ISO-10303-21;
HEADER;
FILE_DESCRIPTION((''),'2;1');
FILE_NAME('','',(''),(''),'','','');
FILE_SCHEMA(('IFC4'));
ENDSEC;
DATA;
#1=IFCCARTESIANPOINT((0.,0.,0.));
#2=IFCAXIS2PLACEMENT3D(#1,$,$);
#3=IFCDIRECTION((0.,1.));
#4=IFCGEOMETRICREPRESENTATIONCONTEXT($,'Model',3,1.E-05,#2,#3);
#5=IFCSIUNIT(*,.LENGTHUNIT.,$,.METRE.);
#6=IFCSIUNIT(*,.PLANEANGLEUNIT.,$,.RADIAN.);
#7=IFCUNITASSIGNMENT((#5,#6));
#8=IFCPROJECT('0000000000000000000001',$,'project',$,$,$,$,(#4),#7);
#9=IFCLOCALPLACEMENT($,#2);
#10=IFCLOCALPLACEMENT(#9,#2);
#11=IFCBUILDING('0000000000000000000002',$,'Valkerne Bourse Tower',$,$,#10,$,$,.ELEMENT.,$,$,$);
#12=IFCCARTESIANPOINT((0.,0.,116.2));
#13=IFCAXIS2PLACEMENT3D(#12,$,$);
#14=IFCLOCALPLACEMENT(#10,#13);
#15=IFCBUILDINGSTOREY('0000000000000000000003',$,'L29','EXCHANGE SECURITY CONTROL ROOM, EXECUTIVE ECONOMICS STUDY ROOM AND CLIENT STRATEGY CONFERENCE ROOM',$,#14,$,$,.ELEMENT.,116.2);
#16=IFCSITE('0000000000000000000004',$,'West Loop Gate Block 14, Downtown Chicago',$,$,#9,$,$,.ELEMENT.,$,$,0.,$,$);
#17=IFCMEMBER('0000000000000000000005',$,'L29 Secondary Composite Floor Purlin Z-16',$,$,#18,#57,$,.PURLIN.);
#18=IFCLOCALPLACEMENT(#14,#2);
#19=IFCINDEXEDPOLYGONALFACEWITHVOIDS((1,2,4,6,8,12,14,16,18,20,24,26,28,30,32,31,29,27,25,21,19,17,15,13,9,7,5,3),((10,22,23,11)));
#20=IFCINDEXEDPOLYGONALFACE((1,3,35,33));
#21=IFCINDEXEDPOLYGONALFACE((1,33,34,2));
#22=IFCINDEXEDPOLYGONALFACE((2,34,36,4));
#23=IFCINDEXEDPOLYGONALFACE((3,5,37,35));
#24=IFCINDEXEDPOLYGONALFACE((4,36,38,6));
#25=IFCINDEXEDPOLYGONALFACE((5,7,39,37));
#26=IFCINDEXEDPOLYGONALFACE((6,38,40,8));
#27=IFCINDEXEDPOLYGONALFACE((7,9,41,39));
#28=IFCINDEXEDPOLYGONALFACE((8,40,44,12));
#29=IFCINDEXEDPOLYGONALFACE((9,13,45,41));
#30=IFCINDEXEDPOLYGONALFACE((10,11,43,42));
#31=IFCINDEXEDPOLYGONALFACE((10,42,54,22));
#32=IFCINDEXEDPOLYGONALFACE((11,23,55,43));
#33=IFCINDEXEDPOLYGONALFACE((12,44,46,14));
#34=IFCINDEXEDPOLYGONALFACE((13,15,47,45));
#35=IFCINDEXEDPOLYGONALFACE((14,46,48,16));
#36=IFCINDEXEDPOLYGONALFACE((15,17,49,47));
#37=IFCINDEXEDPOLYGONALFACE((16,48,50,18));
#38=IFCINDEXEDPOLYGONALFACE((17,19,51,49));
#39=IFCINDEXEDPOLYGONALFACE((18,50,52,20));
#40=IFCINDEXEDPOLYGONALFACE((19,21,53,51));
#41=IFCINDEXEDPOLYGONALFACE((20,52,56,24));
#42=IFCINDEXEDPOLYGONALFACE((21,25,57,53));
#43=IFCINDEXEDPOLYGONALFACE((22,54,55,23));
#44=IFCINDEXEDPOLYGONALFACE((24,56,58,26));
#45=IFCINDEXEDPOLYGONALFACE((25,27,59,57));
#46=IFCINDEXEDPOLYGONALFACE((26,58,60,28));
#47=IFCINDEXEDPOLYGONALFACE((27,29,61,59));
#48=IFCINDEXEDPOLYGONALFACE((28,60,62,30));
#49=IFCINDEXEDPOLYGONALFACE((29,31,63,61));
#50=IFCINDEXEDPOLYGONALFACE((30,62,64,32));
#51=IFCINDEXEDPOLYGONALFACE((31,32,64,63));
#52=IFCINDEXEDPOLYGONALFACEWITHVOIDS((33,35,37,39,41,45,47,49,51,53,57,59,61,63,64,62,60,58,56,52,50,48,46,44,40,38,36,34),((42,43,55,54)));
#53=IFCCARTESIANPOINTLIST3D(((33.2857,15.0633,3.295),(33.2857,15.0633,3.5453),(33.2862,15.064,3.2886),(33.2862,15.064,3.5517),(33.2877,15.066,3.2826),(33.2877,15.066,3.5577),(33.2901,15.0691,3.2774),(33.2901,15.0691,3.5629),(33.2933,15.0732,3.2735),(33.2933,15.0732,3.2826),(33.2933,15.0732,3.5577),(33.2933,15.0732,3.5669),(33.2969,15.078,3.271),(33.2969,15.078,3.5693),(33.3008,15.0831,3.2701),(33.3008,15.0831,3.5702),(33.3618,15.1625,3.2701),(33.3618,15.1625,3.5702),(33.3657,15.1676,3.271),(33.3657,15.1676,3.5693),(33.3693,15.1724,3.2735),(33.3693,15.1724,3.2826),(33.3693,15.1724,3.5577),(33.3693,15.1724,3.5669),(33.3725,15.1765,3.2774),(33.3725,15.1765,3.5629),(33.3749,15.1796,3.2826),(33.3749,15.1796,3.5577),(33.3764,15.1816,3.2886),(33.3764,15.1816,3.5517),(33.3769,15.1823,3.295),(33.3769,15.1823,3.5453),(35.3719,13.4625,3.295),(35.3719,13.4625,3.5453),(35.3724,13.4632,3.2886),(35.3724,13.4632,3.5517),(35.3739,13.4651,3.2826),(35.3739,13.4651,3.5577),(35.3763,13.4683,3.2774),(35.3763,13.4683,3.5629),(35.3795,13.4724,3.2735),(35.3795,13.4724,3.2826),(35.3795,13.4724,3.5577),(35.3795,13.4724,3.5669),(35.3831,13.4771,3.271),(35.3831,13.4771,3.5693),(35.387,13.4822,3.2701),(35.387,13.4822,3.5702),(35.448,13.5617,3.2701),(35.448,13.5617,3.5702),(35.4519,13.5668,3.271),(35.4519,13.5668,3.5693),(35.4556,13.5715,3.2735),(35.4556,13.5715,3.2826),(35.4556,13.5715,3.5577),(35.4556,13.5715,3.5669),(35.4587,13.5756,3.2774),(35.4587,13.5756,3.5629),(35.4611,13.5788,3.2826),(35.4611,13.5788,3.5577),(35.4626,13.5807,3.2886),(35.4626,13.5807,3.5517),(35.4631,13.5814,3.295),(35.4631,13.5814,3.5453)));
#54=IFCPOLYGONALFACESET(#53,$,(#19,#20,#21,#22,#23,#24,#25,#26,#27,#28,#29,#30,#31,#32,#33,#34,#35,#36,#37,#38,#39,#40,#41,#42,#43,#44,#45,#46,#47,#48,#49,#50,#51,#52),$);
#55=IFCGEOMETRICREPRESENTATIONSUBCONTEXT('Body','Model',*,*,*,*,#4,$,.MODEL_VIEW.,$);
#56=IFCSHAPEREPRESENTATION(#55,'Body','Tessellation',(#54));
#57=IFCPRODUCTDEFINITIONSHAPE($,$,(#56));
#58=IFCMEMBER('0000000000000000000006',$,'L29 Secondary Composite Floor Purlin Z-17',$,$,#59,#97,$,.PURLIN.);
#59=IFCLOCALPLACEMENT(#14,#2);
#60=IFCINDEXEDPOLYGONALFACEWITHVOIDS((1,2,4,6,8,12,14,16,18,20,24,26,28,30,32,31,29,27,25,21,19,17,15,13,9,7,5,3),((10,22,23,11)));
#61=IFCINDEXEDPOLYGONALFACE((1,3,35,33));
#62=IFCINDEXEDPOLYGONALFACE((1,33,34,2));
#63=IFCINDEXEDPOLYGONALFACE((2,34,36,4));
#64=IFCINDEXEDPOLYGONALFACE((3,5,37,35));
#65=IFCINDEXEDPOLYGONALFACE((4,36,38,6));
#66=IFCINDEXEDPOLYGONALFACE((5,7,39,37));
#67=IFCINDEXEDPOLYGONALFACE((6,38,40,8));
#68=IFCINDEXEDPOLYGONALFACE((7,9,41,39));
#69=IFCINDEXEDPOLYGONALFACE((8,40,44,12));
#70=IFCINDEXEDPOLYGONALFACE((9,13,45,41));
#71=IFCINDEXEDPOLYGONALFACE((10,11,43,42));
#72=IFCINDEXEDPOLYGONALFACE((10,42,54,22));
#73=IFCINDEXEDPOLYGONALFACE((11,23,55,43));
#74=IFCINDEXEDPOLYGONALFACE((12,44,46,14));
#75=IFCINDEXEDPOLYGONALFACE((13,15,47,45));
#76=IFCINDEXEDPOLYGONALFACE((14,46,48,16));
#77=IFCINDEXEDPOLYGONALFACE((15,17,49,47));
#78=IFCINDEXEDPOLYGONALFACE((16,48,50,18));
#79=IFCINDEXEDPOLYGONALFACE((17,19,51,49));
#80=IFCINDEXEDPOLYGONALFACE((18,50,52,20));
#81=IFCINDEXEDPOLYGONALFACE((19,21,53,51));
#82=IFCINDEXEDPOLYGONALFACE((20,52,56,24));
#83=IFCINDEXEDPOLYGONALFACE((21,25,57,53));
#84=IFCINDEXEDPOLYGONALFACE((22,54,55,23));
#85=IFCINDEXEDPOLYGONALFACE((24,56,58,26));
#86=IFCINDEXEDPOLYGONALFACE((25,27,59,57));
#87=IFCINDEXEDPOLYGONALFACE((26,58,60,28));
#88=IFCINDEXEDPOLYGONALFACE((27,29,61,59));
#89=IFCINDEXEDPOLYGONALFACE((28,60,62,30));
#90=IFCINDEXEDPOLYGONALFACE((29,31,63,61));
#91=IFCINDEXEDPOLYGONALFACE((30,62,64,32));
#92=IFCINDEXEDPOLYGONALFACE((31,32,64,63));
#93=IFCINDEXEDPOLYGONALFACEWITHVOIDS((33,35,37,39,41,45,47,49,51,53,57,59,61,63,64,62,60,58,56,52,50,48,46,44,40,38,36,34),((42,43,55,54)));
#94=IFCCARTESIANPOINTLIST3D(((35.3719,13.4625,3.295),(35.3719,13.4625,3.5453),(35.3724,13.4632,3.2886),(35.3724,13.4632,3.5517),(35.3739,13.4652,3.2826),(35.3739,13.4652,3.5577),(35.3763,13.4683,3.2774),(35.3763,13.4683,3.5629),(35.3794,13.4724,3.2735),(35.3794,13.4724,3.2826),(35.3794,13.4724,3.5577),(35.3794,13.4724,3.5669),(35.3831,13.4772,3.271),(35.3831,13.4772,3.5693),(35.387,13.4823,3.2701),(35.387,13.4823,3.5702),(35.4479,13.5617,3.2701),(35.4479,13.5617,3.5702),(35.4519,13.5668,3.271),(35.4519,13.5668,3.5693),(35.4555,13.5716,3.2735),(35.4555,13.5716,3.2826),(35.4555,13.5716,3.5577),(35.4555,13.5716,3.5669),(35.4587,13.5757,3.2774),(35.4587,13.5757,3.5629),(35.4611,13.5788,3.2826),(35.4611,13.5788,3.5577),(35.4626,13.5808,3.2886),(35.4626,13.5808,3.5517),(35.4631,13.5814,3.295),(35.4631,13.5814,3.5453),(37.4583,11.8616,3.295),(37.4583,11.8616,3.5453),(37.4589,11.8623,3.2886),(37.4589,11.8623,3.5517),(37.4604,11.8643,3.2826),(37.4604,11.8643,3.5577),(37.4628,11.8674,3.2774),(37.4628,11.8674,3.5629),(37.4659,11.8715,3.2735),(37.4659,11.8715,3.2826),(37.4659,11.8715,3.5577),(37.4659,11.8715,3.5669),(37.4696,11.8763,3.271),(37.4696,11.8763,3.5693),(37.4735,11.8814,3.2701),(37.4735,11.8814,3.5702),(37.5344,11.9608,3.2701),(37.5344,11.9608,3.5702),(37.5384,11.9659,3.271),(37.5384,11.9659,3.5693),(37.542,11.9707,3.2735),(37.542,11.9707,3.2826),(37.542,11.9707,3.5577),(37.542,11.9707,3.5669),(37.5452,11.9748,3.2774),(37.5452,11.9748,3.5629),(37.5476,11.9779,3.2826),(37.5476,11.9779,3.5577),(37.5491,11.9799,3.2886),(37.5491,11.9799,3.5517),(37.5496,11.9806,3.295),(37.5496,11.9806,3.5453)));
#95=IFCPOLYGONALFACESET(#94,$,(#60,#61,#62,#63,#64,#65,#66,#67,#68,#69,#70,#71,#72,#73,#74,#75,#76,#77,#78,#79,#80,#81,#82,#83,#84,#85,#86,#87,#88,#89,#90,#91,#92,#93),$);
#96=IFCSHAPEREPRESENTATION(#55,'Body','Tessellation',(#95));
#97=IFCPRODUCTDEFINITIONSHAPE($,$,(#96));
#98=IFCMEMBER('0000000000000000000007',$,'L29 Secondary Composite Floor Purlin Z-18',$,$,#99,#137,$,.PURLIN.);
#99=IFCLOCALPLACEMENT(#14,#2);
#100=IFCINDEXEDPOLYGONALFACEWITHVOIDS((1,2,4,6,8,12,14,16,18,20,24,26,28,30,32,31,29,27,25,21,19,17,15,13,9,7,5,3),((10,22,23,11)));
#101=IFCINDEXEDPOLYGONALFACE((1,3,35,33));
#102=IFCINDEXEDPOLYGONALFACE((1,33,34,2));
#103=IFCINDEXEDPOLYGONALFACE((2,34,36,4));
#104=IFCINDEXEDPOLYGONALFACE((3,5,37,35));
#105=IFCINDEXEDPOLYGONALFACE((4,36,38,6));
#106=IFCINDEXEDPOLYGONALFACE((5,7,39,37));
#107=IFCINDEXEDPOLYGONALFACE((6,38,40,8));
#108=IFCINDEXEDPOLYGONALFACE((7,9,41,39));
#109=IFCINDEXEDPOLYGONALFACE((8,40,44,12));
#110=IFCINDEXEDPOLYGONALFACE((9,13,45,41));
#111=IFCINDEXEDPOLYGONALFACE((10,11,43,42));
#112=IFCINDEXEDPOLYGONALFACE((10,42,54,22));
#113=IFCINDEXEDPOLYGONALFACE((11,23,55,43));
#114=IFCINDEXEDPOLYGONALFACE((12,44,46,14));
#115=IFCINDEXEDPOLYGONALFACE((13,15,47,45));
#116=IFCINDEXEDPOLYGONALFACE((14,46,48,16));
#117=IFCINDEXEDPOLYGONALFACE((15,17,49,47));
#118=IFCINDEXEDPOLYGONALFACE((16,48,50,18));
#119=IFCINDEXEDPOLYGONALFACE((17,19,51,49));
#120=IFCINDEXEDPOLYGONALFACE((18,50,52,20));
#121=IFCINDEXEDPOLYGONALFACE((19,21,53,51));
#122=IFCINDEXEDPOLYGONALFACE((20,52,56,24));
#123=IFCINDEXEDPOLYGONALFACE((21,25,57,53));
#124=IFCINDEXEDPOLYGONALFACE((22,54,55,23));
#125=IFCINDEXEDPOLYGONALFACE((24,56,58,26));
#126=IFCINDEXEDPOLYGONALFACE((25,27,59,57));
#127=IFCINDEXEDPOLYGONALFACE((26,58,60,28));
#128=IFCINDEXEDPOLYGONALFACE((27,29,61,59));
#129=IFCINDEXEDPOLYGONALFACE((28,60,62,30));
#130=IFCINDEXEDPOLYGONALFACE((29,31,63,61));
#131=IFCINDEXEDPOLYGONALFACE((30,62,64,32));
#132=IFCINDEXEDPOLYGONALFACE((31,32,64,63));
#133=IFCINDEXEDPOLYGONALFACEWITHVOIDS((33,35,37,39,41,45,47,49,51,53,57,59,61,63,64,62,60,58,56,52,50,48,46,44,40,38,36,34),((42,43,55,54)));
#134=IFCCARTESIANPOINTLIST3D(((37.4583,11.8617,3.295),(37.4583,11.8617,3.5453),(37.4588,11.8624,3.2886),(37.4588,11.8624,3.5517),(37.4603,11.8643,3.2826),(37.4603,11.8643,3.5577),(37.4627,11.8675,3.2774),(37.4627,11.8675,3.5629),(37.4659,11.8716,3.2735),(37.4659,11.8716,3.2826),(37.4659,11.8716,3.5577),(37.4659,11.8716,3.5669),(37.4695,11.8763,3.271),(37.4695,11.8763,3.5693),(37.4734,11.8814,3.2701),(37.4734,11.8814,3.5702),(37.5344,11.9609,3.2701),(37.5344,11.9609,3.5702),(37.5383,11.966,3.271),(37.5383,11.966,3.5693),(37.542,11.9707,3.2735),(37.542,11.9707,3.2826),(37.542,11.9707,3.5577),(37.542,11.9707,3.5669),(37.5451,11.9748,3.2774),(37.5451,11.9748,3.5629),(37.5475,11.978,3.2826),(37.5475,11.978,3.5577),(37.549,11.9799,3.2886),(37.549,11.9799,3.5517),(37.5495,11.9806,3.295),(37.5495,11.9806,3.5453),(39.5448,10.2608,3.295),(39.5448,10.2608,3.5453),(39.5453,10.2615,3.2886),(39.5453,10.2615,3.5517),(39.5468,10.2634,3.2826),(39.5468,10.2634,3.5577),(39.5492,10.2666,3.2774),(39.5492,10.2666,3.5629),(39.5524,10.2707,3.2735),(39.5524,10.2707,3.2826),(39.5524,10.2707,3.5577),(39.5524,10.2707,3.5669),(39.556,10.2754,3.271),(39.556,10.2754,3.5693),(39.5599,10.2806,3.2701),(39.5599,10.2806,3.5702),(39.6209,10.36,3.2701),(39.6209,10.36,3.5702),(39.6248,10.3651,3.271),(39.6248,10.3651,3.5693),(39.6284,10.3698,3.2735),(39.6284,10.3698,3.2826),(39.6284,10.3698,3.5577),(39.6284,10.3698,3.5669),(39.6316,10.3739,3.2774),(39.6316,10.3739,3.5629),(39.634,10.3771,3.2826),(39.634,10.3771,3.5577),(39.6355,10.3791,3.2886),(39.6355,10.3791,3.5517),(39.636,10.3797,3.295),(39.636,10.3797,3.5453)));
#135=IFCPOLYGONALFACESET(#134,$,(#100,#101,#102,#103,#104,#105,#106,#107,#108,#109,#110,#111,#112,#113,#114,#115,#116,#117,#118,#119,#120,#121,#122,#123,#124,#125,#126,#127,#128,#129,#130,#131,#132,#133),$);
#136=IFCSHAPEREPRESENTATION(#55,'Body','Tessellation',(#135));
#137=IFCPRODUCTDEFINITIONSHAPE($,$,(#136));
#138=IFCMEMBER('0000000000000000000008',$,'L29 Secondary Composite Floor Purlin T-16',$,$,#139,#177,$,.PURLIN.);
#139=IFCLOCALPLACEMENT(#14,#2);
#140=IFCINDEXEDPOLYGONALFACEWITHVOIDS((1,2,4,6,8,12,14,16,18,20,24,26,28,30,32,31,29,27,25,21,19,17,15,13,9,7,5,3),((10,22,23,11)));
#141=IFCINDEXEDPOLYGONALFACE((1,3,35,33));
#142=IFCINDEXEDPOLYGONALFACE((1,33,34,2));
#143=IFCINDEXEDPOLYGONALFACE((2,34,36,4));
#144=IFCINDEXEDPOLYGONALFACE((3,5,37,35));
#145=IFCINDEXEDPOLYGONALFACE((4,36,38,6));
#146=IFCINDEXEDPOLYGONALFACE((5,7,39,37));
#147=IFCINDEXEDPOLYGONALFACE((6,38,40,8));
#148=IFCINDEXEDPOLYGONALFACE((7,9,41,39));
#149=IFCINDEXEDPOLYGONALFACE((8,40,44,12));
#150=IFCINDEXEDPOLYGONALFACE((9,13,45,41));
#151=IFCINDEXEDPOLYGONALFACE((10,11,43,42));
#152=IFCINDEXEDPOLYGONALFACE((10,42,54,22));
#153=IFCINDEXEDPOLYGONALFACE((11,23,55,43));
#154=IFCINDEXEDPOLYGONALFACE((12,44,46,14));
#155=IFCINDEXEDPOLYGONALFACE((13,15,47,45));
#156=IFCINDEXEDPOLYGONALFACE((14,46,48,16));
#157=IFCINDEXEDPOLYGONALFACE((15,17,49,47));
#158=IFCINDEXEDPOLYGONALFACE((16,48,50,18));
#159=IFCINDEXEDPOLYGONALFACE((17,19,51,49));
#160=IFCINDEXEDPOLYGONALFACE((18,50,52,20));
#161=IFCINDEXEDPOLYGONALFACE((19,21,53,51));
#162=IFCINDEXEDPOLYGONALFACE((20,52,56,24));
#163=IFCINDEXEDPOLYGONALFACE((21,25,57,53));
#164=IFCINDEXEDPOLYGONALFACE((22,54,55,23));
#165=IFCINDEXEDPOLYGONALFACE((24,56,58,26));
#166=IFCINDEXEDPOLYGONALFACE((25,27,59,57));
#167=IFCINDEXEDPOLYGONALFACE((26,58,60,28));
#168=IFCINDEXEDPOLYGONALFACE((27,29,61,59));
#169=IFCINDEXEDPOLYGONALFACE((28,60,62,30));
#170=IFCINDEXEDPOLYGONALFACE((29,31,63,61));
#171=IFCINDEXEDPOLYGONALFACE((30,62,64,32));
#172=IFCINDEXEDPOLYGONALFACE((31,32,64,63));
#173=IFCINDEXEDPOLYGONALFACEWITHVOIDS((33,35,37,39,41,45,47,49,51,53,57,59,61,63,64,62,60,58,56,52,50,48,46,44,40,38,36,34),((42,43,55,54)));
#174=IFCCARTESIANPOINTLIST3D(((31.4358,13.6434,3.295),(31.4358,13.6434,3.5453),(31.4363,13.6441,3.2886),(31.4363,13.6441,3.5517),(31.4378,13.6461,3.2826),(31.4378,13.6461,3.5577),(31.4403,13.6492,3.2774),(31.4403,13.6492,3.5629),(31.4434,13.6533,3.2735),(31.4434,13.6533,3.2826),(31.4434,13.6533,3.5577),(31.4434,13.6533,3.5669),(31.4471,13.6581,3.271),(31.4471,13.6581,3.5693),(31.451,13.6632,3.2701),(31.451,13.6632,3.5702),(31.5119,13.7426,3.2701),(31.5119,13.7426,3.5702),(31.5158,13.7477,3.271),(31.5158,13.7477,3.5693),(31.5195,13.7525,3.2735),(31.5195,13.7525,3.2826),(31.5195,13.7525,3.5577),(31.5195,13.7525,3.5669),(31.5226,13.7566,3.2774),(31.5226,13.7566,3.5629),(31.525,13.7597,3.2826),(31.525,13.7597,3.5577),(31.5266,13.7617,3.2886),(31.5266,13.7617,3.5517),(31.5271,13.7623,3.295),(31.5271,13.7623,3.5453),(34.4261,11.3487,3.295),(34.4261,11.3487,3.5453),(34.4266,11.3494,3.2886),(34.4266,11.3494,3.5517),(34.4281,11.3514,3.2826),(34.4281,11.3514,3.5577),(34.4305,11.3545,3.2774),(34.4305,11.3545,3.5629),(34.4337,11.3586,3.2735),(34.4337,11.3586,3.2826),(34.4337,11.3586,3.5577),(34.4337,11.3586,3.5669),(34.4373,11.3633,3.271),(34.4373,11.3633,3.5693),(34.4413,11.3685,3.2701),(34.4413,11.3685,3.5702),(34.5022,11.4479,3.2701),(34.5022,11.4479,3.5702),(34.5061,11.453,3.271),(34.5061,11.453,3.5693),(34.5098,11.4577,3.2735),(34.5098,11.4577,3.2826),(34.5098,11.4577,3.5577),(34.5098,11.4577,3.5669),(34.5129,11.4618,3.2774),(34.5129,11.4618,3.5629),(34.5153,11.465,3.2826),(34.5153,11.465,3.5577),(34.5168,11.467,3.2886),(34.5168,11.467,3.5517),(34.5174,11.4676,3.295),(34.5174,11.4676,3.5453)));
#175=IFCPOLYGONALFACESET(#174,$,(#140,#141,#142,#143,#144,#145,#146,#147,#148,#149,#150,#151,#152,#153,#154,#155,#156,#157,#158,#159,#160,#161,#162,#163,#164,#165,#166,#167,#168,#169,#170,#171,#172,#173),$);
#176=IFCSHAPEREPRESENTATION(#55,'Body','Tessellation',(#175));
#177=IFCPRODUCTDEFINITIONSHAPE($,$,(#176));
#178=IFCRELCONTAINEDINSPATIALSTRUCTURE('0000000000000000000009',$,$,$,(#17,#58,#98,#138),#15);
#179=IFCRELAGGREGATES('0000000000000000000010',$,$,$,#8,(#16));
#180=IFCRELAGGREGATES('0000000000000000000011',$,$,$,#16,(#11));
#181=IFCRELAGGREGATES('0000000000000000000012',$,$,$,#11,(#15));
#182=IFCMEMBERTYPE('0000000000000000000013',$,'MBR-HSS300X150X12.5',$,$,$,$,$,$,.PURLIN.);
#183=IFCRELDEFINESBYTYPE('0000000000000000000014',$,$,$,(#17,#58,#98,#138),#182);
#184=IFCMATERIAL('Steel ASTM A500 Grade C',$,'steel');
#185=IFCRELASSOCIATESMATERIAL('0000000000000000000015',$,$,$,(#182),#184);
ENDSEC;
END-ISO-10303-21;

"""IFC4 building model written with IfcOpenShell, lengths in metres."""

from ifc_helpers import new_model, si_unit, direction, frame, origin, origin_2d, place, context, subcontext, project, spatial, hollow_rectangle, extrude, material, material_profile, profile_set, type_object, element, save


model = new_model("IFC4")

# Units and contexts
model_context = context("Model", 3, precision=1e-05, world=origin(), true_north=direction((0.0, 1.0)))
body_context = subcontext(model_context, "Body", "Model", "MODEL_VIEW")
ifc_project = project(units=[si_unit("LENGTHUNIT", "METRE"), si_unit("PLANEANGLEUNIT", "RADIAN")], contexts=[model_context])

# Site, building, storey
site_placement = place(None, origin())
site = spatial("IfcSite", under=ifc_project, at=site_placement, Name="West Loop Gate Block 14, Downtown Chicago", CompositionType="ELEMENT", RefElevation=0.0)
building_placement = place(site_placement, origin())
building = spatial("IfcBuilding", under=site, at=building_placement, Name="Valkerne Bourse Tower", CompositionType="ELEMENT")
storey_placement = place(building_placement, frame((0.0, 0.0, 116.2)))
storey = spatial("IfcBuildingStorey", under=building, at=storey_placement, Name="L29", Description="EXCHANGE SECURITY CONTROL ROOM, EXECUTIVE ECONOMICS STUDY ROOM AND CLIENT STRATEGY CONFERENCE ROOM", CompositionType="ELEMENT", Elevation=116.2)

# Members
ifc_material_1 = material(Name="Steel ASTM A500 Grade C", Category="steel")
ifc_material_profile_1 = material_profile(ifc_material_1, hollow_rectangle(XDim=0.1499, YDim=0.3, WallThickness=0.0125, OuterFilletRadius=0.0249, at=origin_2d()), Name="HSS300X150X12.5")
ifc_profile_set_1 = profile_set([ifc_material_profile_1], Name="Steel ASTM A500 Grade C")
member_type_1 = type_object("IfcMemberType", Name="MBR-HSS300X150X12.5", PredefinedType="PURLIN", material=ifc_profile_set_1)
member_1_placement = place(storey_placement, frame((33.3313, 15.1228, 3.4202), z_axis=(0.793345, -0.608773, 0.0), x_axis=(0.608773, 0.793345, 0.0)))
element("IfcMember", 1, at=member_1_placement, inside=storey, type_object=member_type_1, Name="L29 Secondary Composite Floor Purlin Z-16", PredefinedType="PURLIN", context=body_context, shape_type="SweptSolid", body=[
    extrude(hollow_rectangle(XDim=0.1499, YDim=0.3, WallThickness=0.0125, OuterFilletRadius=0.0249, at=origin_2d()), origin(), (0.0, 0.0, 1.0), 2.6296),
])
for number, where, z_axis, x_axis, name in (
    (2, (35.4175, 13.522, 3.4202), (0.793379, -0.608728, 0.0), (0.608728, 0.793379, 0.0), "L29 Secondary Composite Floor Purlin Z-17"),
    (3, (37.5039, 11.9211, 3.4202), (0.793379, -0.608728, 0.0), (0.608728, 0.793379, 0.0), "L29 Secondary Composite Floor Purlin Z-18"),
):
    element("IfcMember", number, at=place(storey_placement, frame(where, z_axis=z_axis, x_axis=x_axis)), inside=storey, type_object=member_type_1, Name=name, PredefinedType="PURLIN", context=body_context, shape_type="SweptSolid", body=[
        extrude(hollow_rectangle(XDim=0.1499, YDim=0.3, WallThickness=0.0125, OuterFilletRadius=0.0249, at=origin_2d()), origin(), (0.0, 0.0, 1.0), 2.6299),
    ])
member_2_placement = place(storey_placement, frame((31.4814, 13.7029, 3.4202), z_axis=(0.793329, -0.608793, 0.0), x_axis=(0.608793, 0.793329, 0.0)))
element("IfcMember", 4, at=member_2_placement, inside=storey, type_object=member_type_1, Name="L29 Secondary Composite Floor Purlin T-16", PredefinedType="PURLIN", context=body_context, shape_type="SweptSolid", body=[
    extrude(hollow_rectangle(XDim=0.1499, YDim=0.3, WallThickness=0.0125, OuterFilletRadius=0.0249, at=origin_2d()), origin(), (0.0, 0.0, 1.0), 3.7693),
])

save(model, "model.ifc")
